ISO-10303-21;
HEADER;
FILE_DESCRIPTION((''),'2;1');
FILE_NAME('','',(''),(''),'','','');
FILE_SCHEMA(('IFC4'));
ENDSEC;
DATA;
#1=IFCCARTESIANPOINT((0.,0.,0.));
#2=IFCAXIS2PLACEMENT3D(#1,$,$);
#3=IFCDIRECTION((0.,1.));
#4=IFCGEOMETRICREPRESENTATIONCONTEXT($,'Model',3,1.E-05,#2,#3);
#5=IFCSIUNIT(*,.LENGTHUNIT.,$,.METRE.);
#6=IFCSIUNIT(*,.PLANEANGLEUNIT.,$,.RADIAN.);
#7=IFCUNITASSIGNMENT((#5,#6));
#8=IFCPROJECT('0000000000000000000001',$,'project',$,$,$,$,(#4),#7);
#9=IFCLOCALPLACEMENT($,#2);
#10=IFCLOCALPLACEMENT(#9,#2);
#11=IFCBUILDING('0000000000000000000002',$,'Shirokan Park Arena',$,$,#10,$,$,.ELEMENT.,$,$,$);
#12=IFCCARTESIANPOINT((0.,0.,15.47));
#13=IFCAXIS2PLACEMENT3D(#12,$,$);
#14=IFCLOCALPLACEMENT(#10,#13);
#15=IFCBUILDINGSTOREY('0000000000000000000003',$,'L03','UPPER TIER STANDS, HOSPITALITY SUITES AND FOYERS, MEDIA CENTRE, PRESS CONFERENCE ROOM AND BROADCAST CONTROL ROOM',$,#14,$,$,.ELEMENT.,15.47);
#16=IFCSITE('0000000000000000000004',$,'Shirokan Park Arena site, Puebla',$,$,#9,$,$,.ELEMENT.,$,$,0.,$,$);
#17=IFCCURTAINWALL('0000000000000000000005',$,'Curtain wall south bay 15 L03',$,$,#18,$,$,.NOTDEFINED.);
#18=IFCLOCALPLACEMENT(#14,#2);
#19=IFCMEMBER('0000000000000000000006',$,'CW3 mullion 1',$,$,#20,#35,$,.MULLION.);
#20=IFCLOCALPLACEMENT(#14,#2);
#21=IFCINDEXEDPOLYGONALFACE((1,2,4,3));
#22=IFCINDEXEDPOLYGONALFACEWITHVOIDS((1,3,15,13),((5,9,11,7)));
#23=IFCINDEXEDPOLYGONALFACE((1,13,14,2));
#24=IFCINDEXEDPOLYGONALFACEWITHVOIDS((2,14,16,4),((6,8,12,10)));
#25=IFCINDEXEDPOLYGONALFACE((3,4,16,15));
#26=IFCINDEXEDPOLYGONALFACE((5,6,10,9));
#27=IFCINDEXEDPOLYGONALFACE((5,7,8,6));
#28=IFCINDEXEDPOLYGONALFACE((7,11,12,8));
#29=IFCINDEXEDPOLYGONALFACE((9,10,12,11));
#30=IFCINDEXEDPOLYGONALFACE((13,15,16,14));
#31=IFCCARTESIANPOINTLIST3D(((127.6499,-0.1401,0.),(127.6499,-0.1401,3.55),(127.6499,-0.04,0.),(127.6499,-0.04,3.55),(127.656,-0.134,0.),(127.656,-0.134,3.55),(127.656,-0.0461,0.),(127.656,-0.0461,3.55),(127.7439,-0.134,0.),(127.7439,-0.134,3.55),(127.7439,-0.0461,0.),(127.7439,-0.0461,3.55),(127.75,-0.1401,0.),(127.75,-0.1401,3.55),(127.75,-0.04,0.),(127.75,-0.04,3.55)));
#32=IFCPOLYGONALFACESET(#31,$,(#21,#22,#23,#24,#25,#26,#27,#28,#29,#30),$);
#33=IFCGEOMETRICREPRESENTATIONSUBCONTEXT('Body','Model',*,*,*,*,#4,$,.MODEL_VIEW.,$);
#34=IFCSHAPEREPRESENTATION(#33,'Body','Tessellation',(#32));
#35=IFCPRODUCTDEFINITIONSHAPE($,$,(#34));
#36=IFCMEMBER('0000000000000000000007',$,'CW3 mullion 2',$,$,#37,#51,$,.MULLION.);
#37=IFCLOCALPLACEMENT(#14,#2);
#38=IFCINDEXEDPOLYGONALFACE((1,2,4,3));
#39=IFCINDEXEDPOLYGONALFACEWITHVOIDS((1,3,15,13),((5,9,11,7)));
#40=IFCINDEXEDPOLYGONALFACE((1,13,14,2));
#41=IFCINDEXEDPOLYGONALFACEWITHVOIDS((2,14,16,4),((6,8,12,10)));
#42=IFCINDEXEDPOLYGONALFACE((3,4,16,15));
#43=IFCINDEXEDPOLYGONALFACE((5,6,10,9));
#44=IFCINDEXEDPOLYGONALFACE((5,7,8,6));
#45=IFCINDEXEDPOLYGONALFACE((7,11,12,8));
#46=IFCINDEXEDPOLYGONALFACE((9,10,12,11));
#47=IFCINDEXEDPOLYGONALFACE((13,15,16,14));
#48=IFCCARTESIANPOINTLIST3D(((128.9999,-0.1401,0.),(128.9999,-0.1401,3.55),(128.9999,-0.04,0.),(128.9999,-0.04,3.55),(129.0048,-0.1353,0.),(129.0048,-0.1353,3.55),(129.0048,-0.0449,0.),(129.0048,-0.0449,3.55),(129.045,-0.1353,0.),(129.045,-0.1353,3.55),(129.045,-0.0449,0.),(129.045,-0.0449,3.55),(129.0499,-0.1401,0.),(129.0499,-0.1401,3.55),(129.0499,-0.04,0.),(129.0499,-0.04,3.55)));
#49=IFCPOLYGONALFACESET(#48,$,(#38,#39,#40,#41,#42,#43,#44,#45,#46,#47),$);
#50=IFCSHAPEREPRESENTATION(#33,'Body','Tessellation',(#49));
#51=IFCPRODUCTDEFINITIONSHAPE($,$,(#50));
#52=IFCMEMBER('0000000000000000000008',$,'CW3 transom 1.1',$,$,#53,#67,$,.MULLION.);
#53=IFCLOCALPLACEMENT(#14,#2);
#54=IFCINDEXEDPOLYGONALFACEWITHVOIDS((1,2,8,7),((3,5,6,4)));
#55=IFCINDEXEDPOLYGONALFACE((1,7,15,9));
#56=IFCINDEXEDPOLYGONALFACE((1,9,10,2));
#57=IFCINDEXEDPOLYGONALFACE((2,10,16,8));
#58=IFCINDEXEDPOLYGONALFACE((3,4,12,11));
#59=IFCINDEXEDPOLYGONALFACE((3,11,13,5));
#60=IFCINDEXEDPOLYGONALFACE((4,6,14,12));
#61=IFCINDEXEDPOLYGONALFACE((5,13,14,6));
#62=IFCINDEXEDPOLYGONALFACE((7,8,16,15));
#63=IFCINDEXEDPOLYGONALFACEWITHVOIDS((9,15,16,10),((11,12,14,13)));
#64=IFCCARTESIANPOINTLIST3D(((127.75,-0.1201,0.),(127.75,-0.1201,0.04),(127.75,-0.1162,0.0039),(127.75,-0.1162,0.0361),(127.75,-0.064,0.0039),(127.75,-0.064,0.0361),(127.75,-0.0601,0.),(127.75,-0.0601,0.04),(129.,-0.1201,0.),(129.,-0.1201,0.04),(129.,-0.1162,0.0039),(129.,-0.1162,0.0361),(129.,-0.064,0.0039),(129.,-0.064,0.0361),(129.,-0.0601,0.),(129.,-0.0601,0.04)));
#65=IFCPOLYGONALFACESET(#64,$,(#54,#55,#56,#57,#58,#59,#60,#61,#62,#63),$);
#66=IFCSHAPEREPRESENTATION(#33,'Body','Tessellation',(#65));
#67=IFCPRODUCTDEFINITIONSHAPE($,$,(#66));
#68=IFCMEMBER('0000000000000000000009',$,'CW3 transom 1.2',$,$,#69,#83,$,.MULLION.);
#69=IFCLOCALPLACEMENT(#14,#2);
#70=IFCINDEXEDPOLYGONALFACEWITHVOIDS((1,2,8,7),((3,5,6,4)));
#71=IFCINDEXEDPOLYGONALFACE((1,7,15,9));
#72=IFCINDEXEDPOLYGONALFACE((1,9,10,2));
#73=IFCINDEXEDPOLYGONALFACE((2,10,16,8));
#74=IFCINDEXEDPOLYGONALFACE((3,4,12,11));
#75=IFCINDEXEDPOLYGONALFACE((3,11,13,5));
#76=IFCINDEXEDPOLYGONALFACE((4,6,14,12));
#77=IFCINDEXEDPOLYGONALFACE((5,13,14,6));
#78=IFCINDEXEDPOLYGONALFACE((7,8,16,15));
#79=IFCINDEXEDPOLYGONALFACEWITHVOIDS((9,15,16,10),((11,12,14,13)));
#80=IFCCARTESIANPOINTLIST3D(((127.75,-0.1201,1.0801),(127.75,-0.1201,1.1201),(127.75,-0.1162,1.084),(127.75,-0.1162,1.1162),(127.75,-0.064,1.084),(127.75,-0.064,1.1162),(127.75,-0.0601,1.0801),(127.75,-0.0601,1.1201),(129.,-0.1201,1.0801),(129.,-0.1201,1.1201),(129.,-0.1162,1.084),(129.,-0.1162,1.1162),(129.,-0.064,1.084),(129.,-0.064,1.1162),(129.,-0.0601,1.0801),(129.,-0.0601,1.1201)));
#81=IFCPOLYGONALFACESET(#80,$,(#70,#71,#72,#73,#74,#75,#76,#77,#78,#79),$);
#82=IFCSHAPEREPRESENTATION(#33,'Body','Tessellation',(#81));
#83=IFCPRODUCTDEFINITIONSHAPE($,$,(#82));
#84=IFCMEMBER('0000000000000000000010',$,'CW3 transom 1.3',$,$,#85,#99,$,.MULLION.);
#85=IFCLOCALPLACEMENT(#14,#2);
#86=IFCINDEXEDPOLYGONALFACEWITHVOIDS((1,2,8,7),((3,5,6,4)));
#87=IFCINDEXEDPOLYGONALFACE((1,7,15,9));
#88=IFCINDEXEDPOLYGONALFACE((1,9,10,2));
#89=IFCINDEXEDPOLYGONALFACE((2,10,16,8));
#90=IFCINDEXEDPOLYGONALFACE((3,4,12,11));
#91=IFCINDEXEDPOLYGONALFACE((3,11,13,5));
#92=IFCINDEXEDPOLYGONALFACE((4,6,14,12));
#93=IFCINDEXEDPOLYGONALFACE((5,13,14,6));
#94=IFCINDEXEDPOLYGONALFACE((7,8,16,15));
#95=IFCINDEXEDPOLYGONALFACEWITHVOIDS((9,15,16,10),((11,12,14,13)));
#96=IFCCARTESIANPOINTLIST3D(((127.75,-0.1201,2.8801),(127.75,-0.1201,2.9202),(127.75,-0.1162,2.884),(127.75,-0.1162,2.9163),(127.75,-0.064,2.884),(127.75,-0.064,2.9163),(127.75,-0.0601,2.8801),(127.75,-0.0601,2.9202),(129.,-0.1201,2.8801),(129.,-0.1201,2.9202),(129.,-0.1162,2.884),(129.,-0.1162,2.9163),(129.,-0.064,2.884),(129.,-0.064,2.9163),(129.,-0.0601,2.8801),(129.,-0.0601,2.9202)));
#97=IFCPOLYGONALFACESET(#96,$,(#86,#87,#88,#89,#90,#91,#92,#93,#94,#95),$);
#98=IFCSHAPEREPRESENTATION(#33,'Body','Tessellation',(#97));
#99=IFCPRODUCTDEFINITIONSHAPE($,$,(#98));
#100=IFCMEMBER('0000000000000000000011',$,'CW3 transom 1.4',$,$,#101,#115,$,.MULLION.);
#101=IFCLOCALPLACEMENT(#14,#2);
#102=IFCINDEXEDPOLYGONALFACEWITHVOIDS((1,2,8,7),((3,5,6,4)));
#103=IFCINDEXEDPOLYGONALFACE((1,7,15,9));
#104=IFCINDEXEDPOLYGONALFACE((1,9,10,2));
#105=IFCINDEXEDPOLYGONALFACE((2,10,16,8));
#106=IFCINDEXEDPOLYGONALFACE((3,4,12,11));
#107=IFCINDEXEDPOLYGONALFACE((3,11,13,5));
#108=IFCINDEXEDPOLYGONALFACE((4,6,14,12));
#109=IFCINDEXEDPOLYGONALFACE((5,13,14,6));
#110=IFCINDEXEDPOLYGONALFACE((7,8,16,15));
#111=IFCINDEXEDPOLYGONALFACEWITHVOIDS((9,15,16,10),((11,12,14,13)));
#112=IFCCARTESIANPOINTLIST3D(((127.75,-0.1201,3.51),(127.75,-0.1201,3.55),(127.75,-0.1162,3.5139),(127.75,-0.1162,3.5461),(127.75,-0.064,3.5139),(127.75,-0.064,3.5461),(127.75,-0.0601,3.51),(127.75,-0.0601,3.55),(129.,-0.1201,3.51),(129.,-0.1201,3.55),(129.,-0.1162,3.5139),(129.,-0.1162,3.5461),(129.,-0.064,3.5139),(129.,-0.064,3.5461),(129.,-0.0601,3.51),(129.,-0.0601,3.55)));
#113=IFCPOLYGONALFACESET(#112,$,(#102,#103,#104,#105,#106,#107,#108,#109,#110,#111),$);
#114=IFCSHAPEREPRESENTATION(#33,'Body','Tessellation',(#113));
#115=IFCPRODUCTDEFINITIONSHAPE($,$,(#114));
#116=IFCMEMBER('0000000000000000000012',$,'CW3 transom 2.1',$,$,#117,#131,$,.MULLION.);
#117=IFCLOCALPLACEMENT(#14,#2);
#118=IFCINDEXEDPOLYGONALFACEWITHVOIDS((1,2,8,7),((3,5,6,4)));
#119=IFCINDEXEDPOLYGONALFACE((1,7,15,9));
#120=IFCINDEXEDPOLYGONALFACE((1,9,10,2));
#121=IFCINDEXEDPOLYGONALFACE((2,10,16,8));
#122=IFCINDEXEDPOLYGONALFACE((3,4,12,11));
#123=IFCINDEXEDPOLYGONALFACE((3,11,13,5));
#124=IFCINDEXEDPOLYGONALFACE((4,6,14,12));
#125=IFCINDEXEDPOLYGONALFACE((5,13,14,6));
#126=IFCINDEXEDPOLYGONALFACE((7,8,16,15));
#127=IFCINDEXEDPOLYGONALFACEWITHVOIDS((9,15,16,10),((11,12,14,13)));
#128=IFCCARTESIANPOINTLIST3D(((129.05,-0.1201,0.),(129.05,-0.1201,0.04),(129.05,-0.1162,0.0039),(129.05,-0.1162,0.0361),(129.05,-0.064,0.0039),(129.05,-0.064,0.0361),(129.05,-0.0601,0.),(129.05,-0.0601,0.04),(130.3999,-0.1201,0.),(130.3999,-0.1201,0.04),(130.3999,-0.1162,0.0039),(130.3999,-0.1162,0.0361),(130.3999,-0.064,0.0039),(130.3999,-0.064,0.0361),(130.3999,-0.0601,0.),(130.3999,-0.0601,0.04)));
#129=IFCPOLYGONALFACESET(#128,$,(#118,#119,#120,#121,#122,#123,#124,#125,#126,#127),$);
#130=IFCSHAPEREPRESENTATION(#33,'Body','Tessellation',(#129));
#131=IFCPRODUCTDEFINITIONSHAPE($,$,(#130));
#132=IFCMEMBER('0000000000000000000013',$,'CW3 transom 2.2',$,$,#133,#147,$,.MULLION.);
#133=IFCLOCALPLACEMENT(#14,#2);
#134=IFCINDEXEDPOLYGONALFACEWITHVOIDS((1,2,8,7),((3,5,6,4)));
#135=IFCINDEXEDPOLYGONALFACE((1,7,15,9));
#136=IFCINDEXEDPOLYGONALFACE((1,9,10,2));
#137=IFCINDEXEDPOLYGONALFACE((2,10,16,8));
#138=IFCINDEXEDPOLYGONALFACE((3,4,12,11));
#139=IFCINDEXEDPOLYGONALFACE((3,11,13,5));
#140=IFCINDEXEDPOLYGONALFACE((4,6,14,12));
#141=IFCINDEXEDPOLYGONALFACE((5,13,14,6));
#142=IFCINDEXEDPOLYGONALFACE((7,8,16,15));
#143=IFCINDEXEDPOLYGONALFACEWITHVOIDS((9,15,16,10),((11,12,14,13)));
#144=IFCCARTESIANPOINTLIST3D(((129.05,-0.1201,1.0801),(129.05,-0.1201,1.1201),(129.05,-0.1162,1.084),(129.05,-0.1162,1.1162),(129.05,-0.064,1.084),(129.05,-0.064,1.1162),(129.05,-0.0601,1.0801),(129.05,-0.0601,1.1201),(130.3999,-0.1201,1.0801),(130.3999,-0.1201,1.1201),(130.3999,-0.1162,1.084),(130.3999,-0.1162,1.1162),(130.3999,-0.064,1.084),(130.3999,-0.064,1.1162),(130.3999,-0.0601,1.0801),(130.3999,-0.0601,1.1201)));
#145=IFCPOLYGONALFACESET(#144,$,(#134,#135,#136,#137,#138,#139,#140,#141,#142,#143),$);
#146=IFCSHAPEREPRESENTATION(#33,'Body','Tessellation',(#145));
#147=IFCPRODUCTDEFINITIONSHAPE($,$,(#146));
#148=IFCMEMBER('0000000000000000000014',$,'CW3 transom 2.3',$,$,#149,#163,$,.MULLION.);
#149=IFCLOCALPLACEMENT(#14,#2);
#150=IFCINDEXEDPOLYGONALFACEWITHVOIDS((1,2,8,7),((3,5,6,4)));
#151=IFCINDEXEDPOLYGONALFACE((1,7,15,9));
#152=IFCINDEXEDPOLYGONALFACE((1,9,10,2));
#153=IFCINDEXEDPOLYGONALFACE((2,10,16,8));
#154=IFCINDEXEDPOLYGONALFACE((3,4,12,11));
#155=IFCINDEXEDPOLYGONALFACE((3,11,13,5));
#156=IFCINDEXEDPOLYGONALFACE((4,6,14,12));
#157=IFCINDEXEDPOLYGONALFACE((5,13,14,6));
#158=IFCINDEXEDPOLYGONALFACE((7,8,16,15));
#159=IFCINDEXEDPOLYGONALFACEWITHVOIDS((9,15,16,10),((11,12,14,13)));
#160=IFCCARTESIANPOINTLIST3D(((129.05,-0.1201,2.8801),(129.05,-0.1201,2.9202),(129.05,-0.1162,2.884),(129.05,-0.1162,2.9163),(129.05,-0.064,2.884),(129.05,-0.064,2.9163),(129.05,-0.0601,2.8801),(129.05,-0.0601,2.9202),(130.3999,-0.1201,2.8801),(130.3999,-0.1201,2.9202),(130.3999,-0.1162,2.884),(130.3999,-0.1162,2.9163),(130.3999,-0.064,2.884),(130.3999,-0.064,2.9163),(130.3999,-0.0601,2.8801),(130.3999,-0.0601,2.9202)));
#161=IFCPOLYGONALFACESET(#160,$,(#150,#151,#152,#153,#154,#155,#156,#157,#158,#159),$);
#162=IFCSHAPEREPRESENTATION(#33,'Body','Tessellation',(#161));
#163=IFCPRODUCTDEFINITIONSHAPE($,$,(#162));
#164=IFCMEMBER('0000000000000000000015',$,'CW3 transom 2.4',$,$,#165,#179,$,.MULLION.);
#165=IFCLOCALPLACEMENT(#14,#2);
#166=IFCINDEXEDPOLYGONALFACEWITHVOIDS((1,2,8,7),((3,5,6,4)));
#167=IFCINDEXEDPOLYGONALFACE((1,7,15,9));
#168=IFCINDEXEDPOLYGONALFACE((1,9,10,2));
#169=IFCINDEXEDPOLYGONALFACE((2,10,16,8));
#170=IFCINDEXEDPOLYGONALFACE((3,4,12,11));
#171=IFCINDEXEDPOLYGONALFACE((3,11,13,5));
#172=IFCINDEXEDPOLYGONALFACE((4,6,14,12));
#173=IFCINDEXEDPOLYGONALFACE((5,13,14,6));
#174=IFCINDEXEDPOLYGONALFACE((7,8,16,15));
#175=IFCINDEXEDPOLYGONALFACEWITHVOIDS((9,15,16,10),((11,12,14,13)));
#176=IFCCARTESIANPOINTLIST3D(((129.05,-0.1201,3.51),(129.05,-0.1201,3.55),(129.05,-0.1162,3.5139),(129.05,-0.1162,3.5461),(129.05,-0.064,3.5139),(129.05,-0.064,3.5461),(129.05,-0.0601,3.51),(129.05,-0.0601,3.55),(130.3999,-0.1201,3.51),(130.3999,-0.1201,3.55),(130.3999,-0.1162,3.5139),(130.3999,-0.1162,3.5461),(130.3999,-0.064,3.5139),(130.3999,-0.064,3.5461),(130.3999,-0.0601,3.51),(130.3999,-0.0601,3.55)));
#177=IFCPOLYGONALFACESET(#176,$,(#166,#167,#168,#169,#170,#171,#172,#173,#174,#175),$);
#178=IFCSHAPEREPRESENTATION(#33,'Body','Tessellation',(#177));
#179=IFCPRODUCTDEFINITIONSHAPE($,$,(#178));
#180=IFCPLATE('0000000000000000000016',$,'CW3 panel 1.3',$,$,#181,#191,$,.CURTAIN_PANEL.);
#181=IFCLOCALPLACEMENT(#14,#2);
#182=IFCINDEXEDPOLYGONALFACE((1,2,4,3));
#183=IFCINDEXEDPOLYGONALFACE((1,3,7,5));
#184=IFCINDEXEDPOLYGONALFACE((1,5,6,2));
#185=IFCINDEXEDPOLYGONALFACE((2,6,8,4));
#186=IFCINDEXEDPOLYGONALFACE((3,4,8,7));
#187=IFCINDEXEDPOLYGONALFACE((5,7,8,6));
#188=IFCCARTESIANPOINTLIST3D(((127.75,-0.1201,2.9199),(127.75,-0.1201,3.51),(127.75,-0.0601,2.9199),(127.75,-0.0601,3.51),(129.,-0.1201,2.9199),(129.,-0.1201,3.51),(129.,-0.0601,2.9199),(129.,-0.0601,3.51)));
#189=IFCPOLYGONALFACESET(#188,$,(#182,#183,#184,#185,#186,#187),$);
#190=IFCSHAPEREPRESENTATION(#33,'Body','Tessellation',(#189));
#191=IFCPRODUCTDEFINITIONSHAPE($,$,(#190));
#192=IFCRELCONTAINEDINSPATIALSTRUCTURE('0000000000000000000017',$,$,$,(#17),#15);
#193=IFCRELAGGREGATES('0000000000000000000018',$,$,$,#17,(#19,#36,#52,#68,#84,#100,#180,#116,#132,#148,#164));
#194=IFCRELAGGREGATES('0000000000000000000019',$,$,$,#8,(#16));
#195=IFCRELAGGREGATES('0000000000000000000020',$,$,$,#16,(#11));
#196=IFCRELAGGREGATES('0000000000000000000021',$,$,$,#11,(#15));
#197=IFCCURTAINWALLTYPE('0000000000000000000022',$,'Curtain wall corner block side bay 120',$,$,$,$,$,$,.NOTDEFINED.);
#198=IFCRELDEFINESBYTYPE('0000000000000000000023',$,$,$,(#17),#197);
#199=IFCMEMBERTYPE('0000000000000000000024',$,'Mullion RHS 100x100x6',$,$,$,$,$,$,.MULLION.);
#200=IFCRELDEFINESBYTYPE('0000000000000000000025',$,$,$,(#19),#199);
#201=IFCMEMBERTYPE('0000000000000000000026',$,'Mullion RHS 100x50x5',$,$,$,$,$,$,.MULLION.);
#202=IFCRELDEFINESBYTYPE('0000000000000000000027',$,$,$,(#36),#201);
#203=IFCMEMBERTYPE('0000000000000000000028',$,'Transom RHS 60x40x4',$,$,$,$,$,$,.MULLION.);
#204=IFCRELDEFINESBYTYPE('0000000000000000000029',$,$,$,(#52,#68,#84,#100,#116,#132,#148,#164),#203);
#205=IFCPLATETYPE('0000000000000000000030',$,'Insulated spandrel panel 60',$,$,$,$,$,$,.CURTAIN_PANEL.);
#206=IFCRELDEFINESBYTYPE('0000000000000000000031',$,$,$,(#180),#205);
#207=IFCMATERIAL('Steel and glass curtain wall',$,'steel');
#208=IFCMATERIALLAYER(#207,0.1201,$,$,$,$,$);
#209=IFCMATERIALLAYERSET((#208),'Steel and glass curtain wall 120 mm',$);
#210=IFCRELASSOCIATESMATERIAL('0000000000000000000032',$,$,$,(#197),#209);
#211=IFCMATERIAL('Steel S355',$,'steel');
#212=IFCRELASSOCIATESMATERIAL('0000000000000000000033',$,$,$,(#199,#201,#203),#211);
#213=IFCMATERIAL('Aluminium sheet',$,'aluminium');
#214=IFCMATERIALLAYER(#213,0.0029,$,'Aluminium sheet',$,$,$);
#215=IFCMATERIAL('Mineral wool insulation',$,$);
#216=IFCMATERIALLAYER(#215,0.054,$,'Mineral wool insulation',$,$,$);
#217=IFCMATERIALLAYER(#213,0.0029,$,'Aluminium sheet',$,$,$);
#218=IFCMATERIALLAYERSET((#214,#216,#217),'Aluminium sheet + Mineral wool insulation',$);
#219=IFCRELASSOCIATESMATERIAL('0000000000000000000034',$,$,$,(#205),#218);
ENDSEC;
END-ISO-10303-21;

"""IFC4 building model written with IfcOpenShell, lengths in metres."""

from ifc_helpers import new_model, si_unit, direction, frame, origin, origin_2d, place, context, subcontext, project, spatial, rectangle, hollow_rectangle, extrude, material, layer, layer_set, material_profile, profile_set, type_object, element, aggregate, save


model = new_model("IFC4")

# Units and contexts
model_context = context("Model", 3, precision=1e-05, world=origin(), true_north=direction((0.0, 1.0)))
body_context = subcontext(model_context, "Body", "Model", "MODEL_VIEW")
ifc_project = project(units=[si_unit("LENGTHUNIT", "METRE"), si_unit("PLANEANGLEUNIT", "RADIAN")], contexts=[model_context])

# Site, building, storey
site_placement = place(None, origin())
site = spatial("IfcSite", under=ifc_project, at=site_placement, Name="Shirokan Park Arena site, Puebla", CompositionType="ELEMENT", RefElevation=0.0)
building_placement = place(site_placement, origin())
building = spatial("IfcBuilding", under=site, at=building_placement, Name="Shirokan Park Arena", CompositionType="ELEMENT")
storey_placement = place(building_placement, frame((0.0, 0.0, 15.47)))
storey = spatial("IfcBuildingStorey", under=building, at=storey_placement, Name="L03", Description="UPPER TIER STANDS, HOSPITALITY SUITES AND FOYERS, MEDIA CENTRE, PRESS CONFERENCE ROOM AND BROADCAST CONTROL ROOM", CompositionType="ELEMENT", Elevation=15.47)

# Curtain wall, members, plate
ifc_material_1 = material(Name="Steel and glass curtain wall", Category="steel")
ifc_layer_1 = layer(ifc_material_1, 0.1201)
ifc_layer_set_1 = layer_set([ifc_layer_1], Name="Steel and glass curtain wall 120 mm")
curtain_wall_type = type_object("IfcCurtainWallType", Name="Curtain wall corner block side bay 120", PredefinedType="NOTDEFINED", material=ifc_layer_set_1)
curtain_wall_placement = place(storey_placement, origin())
curtain_wall = element("IfcCurtainWall", 1, at=curtain_wall_placement, inside=storey, type_object=curtain_wall_type, Name="Curtain wall south bay 15 L03", PredefinedType="NOTDEFINED")
ifc_material_2 = material(Name="Steel S355", Category="steel")
ifc_material_profile_1 = material_profile(ifc_material_2, hollow_rectangle(XDim=0.1001, YDim=0.1001, WallThickness=0.0061, at=origin_2d()), Name="RHS 100x100x6")
ifc_profile_set_1 = profile_set([ifc_material_profile_1], Name="Steel S355")
member_type_1 = type_object("IfcMemberType", Name="Mullion RHS 100x100x6", PredefinedType="MULLION", material=ifc_profile_set_1)
member_1_placement = place(storey_placement, frame((127.7, -0.0901, 0.0), z_axis=(0.0, 0.0, 1.0), x_axis=(0.0, 1.0, 0.0)))
member_1 = element("IfcMember", 2, at=member_1_placement, type_object=member_type_1, Name="CW3 mullion 1", PredefinedType="MULLION", context=body_context, shape_type="SweptSolid", body=[
    extrude(hollow_rectangle(XDim=0.1001, YDim=0.1001, WallThickness=0.0061, at=origin_2d()), origin(), (0.0, 0.0, 1.0), 3.55),
])
ifc_material_profile_2 = material_profile(ifc_material_2, hollow_rectangle(XDim=0.1001, YDim=0.05, WallThickness=0.0049, at=origin_2d()), Name="RHS 100x50x5")
ifc_profile_set_2 = profile_set([ifc_material_profile_2], Name="Steel S355")
member_type_2 = type_object("IfcMemberType", Name="Mullion RHS 100x50x5", PredefinedType="MULLION", material=ifc_profile_set_2)
member_2_placement = place(storey_placement, frame((129.0249, -0.0901, 0.0), z_axis=(0.0, 0.0, 1.0), x_axis=(0.0, 1.0, 0.0)))
member_2 = element("IfcMember", 3, at=member_2_placement, type_object=member_type_2, Name="CW3 mullion 2", PredefinedType="MULLION", context=body_context, shape_type="SweptSolid", body=[
    extrude(hollow_rectangle(XDim=0.1001, YDim=0.05, WallThickness=0.0049, at=origin_2d()), origin(), (0.0, 0.0, 1.0), 3.55),
])
ifc_material_profile_3 = material_profile(ifc_material_2, hollow_rectangle(XDim=0.0601, YDim=0.04, WallThickness=0.0039, at=origin_2d()), Name="RHS 60x40x4")
ifc_profile_set_3 = profile_set([ifc_material_profile_3], Name="Steel S355")
member_type_3 = type_object("IfcMemberType", Name="Transom RHS 60x40x4", PredefinedType="MULLION", material=ifc_profile_set_3)
member_3_placement = place(storey_placement, frame((127.75, -0.0901, 0.02), z_axis=(1.0, 0.0, 0.0), x_axis=(0.0, 1.0, 0.0)))
member_3 = element("IfcMember", 4, at=member_3_placement, type_object=member_type_3, Name="CW3 transom 1.1", PredefinedType="MULLION", context=body_context, shape_type="SweptSolid", body=[
    extrude(hollow_rectangle(XDim=0.0601, YDim=0.04, WallThickness=0.0039, at=origin_2d()), origin(), (0.0, 0.0, 1.0), 1.25),
])
member_4_placement = place(storey_placement, frame((127.75, -0.0901, 1.1001), z_axis=(1.0, 0.0, 0.0), x_axis=(0.0, 1.0, 0.0)))
member_4 = element("IfcMember", 5, at=member_4_placement, type_object=member_type_3, Name="CW3 transom 1.2", PredefinedType="MULLION", context=body_context, shape_type="SweptSolid", body=[
    extrude(hollow_rectangle(XDim=0.0601, YDim=0.04, WallThickness=0.0039, at=origin_2d()), origin(), (0.0, 0.0, 1.0), 1.25),
])
member_5_placement = place(storey_placement, frame((127.75, -0.0901, 2.9001), z_axis=(1.0, 0.0, 0.0), x_axis=(0.0, 1.0, 0.0)))
member_5 = element("IfcMember", 6, at=member_5_placement, type_object=member_type_3, Name="CW3 transom 1.3", PredefinedType="MULLION", context=body_context, shape_type="SweptSolid", body=[
    extrude(hollow_rectangle(XDim=0.0601, YDim=0.04, WallThickness=0.0039, at=origin_2d()), origin(), (0.0, 0.0, 1.0), 1.25),
])
member_6_placement = place(storey_placement, frame((127.75, -0.0901, 3.53), z_axis=(1.0, 0.0, 0.0), x_axis=(0.0, 1.0, 0.0)))
member_6 = element("IfcMember", 7, at=member_6_placement, type_object=member_type_3, Name="CW3 transom 1.4", PredefinedType="MULLION", context=body_context, shape_type="SweptSolid", body=[
    extrude(hollow_rectangle(XDim=0.0601, YDim=0.04, WallThickness=0.0039, at=origin_2d()), origin(), (0.0, 0.0, 1.0), 1.25),
])
member_7_placement = place(storey_placement, frame((129.05, -0.0901, 0.02), z_axis=(1.0, 0.0, 0.0), x_axis=(0.0, 1.0, 0.0)))
member_7 = element("IfcMember", 8, at=member_7_placement, type_object=member_type_3, Name="CW3 transom 2.1", PredefinedType="MULLION", context=body_context, shape_type="SweptSolid", body=[
    extrude(hollow_rectangle(XDim=0.0601, YDim=0.04, WallThickness=0.0039, at=origin_2d()), origin(), (0.0, 0.0, 1.0), 1.3499),
])
member_8_placement = place(storey_placement, frame((129.05, -0.0901, 1.1001), z_axis=(1.0, 0.0, 0.0), x_axis=(0.0, 1.0, 0.0)))
member_8 = element("IfcMember", 9, at=member_8_placement, type_object=member_type_3, Name="CW3 transom 2.2", PredefinedType="MULLION", context=body_context, shape_type="SweptSolid", body=[
    extrude(hollow_rectangle(XDim=0.0601, YDim=0.04, WallThickness=0.0039, at=origin_2d()), origin(), (0.0, 0.0, 1.0), 1.3499),
])
member_9_placement = place(storey_placement, frame((129.05, -0.0901, 2.9001), z_axis=(1.0, 0.0, 0.0), x_axis=(0.0, 1.0, 0.0)))
member_9 = element("IfcMember", 10, at=member_9_placement, type_object=member_type_3, Name="CW3 transom 2.3", PredefinedType="MULLION", context=body_context, shape_type="SweptSolid", body=[
    extrude(hollow_rectangle(XDim=0.0601, YDim=0.04, WallThickness=0.0039, at=origin_2d()), origin(), (0.0, 0.0, 1.0), 1.3499),
])
member_10_placement = place(storey_placement, frame((129.05, -0.0901, 3.53), z_axis=(1.0, 0.0, 0.0), x_axis=(0.0, 1.0, 0.0)))
member_10 = element("IfcMember", 11, at=member_10_placement, type_object=member_type_3, Name="CW3 transom 2.4", PredefinedType="MULLION", context=body_context, shape_type="SweptSolid", body=[
    extrude(hollow_rectangle(XDim=0.0601, YDim=0.04, WallThickness=0.0039, at=origin_2d()), origin(), (0.0, 0.0, 1.0), 1.3499),
])
ifc_material_3 = material(Name="Aluminium sheet", Category="aluminium")
ifc_layer_2 = layer(ifc_material_3, 0.0029, Name="Aluminium sheet")
ifc_material_4 = material(Name="Mineral wool insulation")
ifc_layer_3 = layer(ifc_material_4, 0.054, Name="Mineral wool insulation")
ifc_layer_4 = layer(ifc_material_3, 0.0029, Name="Aluminium sheet")
ifc_layer_set_2 = layer_set([ifc_layer_2, ifc_layer_3, ifc_layer_4], Name="Aluminium sheet + Mineral wool insulation")
plate_type_1 = type_object("IfcPlateType", Name="Insulated spandrel panel 60", PredefinedType="CURTAIN_PANEL", material=ifc_layer_set_2)
plate_1_placement = place(storey_placement, frame((128.375, -0.0901, 2.9199), z_axis=(0.0, 0.0, 1.0), x_axis=(1.0, 0.0, 0.0)))
plate_1 = element("IfcPlate", 12, at=plate_1_placement, type_object=plate_type_1, Name="CW3 panel 1.3", PredefinedType="CURTAIN_PANEL", context=body_context, shape_type="SweptSolid", body=[
    extrude(rectangle(XDim=1.25, YDim=0.0601, at=origin_2d()), origin(), (0.0, 0.0, 1.0), 0.5901),
])
aggregate(curtain_wall, [member_1, member_2, member_3, member_4, member_5, member_6, plate_1, member_7, member_8, member_9, member_10])

save(model, "model.ifc")
